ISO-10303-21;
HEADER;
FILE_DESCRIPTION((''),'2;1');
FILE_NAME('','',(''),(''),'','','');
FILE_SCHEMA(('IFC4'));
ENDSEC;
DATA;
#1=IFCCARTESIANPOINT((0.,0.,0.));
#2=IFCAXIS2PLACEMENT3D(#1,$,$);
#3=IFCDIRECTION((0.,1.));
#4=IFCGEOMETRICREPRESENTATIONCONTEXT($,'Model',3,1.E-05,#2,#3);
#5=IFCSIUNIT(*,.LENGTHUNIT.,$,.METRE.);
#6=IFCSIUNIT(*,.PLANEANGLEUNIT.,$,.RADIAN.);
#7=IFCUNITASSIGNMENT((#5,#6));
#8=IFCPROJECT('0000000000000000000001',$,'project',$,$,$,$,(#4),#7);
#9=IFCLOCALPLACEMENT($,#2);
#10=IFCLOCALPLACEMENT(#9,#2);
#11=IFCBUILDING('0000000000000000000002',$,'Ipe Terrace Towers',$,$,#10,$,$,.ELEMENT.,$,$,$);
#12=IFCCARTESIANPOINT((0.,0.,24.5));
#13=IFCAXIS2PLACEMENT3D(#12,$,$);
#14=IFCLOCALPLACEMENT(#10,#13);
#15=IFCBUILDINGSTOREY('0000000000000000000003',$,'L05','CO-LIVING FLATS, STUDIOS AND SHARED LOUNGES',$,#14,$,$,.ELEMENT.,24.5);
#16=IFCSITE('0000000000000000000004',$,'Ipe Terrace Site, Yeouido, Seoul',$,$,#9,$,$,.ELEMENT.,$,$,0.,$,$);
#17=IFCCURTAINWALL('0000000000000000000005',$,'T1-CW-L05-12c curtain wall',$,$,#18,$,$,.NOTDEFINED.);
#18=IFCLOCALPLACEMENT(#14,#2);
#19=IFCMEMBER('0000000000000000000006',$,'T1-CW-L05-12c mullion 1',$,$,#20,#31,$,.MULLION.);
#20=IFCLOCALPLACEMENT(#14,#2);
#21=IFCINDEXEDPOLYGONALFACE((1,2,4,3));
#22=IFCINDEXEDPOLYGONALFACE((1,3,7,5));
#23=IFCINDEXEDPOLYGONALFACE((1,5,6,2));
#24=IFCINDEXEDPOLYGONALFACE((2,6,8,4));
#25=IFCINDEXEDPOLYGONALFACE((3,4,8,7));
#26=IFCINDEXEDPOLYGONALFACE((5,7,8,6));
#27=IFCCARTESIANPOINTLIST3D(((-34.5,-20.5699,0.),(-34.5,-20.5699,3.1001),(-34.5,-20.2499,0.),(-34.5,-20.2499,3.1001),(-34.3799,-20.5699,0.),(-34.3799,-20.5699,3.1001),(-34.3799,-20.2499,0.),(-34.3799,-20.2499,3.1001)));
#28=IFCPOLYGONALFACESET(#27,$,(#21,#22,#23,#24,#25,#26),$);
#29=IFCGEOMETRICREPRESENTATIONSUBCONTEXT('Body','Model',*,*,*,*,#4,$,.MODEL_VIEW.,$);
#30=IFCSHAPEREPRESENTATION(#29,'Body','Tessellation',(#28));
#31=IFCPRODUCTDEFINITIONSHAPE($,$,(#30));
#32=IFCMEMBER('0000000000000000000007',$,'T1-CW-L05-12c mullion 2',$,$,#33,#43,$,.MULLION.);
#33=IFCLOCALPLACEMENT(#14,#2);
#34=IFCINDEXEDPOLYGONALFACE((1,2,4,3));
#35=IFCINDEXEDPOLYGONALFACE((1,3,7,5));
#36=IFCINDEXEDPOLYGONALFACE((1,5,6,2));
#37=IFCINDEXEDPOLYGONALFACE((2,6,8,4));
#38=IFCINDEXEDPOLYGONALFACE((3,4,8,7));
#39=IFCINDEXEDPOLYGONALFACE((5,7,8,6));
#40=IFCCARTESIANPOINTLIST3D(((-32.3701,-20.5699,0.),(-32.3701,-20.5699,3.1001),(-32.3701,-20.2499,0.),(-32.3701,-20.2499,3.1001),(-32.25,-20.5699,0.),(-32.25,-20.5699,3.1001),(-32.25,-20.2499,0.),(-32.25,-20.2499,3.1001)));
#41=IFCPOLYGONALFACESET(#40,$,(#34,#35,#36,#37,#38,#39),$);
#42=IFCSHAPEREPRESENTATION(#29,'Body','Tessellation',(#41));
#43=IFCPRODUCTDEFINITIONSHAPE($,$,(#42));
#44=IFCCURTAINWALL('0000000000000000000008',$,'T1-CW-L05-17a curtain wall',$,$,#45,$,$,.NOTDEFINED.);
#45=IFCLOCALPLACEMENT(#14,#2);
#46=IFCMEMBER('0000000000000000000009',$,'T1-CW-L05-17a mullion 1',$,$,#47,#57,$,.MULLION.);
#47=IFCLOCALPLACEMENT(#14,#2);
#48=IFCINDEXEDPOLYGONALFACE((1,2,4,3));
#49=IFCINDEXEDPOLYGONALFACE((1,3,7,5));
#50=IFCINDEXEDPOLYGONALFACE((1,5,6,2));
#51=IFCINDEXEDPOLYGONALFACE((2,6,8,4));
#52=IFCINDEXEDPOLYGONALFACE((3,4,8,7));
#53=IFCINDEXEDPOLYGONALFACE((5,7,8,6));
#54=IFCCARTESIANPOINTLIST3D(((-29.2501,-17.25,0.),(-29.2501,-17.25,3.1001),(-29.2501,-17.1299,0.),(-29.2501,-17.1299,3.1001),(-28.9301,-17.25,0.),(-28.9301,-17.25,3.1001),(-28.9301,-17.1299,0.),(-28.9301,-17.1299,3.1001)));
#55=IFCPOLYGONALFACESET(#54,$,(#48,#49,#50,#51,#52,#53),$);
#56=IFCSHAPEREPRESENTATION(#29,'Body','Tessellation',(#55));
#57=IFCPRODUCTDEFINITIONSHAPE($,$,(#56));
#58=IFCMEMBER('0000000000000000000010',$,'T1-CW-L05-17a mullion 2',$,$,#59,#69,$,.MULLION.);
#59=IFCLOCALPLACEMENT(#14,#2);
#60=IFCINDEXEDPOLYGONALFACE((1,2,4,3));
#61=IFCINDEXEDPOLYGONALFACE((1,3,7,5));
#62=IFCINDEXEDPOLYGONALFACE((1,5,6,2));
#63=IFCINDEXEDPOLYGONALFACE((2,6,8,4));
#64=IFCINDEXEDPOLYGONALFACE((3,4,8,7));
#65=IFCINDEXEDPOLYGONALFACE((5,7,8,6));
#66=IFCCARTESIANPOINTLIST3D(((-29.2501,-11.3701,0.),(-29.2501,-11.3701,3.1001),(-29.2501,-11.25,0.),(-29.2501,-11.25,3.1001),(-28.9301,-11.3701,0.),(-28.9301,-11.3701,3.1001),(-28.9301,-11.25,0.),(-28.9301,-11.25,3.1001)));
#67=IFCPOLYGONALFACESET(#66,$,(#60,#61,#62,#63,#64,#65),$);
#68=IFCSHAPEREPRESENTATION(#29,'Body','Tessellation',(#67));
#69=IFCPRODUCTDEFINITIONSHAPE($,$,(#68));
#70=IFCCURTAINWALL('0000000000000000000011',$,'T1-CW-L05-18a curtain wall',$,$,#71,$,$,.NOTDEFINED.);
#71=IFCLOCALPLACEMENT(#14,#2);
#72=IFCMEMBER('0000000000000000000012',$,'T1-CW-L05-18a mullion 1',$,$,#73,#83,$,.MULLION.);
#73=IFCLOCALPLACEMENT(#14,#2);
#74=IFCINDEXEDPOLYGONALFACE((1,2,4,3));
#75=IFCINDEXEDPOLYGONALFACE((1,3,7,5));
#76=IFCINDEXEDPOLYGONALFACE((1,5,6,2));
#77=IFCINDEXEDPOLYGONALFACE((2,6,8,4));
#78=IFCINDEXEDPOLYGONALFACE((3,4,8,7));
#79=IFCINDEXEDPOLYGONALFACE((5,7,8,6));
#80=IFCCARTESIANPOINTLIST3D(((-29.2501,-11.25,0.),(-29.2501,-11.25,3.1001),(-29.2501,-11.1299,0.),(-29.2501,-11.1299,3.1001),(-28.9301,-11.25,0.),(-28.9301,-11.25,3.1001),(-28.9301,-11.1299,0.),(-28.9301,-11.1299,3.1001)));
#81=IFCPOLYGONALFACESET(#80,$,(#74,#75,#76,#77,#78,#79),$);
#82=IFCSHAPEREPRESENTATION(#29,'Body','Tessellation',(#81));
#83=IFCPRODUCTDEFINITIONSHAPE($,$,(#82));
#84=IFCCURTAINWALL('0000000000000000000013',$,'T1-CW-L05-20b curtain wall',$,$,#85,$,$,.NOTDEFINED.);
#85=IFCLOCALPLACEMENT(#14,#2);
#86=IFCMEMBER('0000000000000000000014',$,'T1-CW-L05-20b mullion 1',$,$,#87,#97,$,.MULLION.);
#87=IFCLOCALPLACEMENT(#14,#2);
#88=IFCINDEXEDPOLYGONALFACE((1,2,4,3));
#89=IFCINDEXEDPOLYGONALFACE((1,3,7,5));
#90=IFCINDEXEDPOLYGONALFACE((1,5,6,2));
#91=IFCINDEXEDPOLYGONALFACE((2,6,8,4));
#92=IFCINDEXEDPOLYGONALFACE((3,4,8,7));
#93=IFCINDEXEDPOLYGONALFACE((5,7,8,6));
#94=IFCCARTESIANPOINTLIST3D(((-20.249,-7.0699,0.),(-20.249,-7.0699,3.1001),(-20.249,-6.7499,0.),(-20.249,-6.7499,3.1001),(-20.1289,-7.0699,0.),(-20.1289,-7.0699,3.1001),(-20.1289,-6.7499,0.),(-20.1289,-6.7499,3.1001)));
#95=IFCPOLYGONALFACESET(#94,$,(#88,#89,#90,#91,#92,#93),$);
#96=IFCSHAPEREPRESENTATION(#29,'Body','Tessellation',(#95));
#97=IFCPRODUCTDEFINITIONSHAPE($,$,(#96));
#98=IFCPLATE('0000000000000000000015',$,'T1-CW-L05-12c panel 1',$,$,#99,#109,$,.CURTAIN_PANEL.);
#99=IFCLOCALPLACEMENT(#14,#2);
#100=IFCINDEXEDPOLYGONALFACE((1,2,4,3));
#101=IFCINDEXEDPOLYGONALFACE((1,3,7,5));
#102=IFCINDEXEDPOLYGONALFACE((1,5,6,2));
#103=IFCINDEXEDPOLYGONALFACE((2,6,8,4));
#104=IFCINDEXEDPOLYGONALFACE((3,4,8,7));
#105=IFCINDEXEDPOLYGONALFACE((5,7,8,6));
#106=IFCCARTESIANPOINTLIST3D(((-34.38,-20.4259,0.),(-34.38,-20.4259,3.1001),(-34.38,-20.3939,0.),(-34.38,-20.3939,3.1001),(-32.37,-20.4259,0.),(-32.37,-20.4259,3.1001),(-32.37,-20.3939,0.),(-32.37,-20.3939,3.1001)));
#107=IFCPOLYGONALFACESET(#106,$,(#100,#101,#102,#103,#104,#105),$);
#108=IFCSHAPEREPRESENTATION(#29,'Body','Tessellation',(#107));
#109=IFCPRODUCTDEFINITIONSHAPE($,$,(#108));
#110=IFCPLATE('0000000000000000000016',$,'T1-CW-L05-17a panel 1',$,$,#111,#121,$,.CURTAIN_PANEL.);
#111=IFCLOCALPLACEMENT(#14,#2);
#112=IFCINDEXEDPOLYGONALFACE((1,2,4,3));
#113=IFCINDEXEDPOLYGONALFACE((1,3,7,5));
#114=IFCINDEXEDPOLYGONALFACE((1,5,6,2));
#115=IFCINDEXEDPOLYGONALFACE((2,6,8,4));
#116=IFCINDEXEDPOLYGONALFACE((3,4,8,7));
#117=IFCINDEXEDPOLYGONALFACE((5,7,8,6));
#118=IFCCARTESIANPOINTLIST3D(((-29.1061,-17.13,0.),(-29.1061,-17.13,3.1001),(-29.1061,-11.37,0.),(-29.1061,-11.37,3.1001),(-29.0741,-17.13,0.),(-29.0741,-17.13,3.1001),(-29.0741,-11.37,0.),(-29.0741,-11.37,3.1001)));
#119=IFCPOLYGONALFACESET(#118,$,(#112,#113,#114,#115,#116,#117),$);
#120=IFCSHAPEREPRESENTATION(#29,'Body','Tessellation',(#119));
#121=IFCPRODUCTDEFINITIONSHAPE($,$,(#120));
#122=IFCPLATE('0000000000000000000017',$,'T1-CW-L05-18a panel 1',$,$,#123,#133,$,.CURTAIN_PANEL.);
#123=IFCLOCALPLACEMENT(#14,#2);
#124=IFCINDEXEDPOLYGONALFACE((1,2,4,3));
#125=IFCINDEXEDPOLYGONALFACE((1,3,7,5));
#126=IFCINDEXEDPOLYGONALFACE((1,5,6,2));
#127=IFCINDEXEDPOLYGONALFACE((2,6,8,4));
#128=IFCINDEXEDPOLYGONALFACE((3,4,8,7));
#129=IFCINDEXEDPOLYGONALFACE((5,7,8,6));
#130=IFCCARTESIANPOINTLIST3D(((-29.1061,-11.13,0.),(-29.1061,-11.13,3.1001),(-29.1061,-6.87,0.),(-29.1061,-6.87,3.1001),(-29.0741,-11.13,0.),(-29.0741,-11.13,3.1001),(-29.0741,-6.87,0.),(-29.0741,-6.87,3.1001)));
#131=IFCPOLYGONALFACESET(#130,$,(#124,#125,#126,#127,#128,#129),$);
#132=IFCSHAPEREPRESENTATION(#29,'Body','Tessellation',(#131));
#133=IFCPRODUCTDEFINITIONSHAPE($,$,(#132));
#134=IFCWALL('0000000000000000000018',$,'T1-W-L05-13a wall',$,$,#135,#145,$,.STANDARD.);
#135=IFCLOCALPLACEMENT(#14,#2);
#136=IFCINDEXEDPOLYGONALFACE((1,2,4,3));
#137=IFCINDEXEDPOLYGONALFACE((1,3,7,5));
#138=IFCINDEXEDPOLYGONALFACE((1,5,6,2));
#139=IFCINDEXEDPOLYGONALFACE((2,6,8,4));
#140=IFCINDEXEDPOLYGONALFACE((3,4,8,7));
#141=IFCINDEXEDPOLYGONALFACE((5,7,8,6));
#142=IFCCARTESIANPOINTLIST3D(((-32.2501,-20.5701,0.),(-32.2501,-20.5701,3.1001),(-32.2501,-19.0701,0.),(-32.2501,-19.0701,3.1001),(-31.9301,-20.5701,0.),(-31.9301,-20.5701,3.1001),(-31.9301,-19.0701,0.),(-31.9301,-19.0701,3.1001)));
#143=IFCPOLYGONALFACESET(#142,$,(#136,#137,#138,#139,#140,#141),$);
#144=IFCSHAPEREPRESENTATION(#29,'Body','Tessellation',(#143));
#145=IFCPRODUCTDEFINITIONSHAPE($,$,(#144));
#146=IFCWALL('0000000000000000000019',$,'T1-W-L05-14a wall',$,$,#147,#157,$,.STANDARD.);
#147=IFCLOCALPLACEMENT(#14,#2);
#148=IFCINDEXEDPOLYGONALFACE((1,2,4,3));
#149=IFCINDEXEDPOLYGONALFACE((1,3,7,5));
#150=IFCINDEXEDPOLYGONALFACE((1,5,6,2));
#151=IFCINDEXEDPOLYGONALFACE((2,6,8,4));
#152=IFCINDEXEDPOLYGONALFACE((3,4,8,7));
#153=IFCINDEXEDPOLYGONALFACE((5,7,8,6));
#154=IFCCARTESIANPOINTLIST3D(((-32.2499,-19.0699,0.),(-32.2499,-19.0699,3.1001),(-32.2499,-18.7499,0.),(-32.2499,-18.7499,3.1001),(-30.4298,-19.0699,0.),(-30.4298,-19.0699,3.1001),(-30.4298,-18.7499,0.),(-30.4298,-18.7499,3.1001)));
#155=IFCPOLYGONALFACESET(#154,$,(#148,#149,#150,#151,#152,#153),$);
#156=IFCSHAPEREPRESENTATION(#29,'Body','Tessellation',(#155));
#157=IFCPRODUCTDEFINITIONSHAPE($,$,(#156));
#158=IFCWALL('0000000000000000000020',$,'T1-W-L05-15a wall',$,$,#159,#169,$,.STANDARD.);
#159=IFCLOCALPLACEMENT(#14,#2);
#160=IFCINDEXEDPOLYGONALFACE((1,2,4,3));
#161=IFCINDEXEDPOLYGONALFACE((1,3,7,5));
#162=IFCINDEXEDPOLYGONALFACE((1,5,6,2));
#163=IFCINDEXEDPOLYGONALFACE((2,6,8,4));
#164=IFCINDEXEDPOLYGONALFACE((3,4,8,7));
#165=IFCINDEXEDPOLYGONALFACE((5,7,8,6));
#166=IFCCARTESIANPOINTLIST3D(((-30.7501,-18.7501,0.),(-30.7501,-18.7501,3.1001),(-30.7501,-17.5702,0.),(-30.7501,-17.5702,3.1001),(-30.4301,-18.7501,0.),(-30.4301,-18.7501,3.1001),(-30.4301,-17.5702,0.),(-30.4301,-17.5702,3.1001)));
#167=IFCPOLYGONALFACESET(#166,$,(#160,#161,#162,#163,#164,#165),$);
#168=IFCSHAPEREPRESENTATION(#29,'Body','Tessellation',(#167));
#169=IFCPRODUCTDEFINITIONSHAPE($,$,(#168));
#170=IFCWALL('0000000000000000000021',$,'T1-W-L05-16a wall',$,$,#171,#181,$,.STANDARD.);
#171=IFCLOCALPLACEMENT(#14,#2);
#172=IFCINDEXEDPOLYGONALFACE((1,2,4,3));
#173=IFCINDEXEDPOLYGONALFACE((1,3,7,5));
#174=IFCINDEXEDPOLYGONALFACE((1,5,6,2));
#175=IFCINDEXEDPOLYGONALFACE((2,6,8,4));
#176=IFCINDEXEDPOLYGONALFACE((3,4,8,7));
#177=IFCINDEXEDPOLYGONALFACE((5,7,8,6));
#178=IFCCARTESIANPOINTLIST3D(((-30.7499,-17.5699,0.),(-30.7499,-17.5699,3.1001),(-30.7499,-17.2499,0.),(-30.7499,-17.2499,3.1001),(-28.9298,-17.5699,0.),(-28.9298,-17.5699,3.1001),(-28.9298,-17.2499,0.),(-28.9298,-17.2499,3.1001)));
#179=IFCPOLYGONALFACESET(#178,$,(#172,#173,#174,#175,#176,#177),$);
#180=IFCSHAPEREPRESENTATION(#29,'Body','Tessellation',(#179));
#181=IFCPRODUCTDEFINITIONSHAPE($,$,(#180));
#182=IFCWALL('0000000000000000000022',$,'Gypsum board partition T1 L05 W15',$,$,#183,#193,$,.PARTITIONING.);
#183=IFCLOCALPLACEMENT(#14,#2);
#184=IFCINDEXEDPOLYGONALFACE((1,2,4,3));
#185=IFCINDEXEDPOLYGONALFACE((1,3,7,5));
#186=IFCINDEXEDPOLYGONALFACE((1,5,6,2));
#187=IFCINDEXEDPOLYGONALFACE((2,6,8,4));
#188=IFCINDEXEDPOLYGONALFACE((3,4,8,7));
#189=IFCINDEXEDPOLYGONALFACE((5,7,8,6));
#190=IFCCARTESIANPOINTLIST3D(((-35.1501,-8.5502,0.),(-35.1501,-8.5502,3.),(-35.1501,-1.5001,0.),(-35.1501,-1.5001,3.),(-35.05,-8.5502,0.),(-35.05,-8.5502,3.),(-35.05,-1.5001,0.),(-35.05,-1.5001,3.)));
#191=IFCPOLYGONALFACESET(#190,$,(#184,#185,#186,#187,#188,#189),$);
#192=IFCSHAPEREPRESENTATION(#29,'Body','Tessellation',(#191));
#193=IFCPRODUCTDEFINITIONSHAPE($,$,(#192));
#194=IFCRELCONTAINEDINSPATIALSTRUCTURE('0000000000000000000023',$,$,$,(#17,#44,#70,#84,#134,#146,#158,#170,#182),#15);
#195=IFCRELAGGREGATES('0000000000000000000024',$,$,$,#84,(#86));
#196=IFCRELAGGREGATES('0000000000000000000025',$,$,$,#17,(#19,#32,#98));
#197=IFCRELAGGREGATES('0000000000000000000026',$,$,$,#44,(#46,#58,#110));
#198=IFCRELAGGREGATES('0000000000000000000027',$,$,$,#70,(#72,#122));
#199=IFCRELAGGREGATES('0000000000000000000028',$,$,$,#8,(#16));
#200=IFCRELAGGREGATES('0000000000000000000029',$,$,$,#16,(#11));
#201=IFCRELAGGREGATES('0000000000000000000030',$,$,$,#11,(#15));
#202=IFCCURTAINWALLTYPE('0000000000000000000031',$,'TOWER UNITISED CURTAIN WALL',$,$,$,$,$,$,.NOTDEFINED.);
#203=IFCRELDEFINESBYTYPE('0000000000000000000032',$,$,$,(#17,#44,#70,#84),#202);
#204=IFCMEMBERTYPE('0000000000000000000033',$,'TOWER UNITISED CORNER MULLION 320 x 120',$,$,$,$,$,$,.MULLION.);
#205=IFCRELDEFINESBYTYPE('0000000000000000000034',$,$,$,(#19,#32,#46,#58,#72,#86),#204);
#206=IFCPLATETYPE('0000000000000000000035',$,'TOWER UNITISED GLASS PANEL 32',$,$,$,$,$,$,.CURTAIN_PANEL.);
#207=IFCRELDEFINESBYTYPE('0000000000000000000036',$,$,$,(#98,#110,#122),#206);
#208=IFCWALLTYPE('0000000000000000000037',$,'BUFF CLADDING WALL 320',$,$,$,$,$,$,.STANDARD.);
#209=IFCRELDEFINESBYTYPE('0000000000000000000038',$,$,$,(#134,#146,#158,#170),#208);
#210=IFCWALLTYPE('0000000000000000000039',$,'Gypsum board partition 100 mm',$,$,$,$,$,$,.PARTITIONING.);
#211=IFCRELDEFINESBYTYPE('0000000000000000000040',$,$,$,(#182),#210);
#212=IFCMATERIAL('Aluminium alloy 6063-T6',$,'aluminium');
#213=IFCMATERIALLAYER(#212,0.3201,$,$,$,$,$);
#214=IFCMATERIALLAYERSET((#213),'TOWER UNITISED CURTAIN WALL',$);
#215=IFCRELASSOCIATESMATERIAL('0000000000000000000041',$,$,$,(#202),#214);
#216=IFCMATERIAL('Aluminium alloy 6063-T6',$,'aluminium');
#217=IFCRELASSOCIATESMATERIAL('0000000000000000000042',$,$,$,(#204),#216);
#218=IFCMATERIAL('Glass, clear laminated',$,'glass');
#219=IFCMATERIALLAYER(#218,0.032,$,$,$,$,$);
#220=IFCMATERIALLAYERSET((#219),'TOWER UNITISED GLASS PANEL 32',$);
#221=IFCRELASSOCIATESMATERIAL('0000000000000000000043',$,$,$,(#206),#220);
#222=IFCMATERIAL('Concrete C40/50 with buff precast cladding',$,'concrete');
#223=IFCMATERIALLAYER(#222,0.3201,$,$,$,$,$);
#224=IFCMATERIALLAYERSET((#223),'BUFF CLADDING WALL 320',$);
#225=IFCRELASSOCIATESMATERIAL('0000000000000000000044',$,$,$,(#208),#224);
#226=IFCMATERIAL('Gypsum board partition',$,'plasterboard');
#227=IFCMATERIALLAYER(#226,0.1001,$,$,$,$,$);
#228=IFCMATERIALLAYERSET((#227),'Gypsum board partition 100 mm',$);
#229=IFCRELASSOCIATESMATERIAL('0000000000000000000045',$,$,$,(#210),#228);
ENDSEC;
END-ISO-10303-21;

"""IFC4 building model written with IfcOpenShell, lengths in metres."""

from ifc_helpers import new_model, si_unit, direction, frame, frame_2d, origin, origin_2d, place, context, subcontext, project, spatial, rectangle, extrude, material, layer, layer_set, material_profile, profile_set, type_object, element, aggregate, save


model = new_model("IFC4")

# Units and contexts
model_context = context("Model", 3, precision=1e-05, world=origin(), true_north=direction((0.0, 1.0)))
body_context = subcontext(model_context, "Body", "Model", "MODEL_VIEW")
ifc_project = project(units=[si_unit("LENGTHUNIT", "METRE"), si_unit("PLANEANGLEUNIT", "RADIAN")], contexts=[model_context])

# Site, building, storey
site_placement = place(None, origin())
site = spatial("IfcSite", under=ifc_project, at=site_placement, Name="Ipe Terrace Site, Yeouido, Seoul", CompositionType="ELEMENT", RefElevation=0.0)
building_placement = place(site_placement, origin())
building = spatial("IfcBuilding", under=site, at=building_placement, Name="Ipe Terrace Towers", CompositionType="ELEMENT")
storey_placement = place(building_placement, frame((0.0, 0.0, 24.5)))
storey = spatial("IfcBuildingStorey", under=building, at=storey_placement, Name="L05", Description="CO-LIVING FLATS, STUDIOS AND SHARED LOUNGES", CompositionType="ELEMENT", Elevation=24.5)

# Curtain walls, members
ifc_material_1 = material(Name="Aluminium alloy 6063-T6", Category="aluminium")
ifc_layer_1 = layer(ifc_material_1, 0.3201)
ifc_layer_set_1 = layer_set([ifc_layer_1], Name="TOWER UNITISED CURTAIN WALL")
curtain_wall_type = type_object("IfcCurtainWallType", Name="TOWER UNITISED CURTAIN WALL", PredefinedType="NOTDEFINED", material=ifc_layer_set_1)
curtain_wall_1_placement = place(storey_placement, origin())
curtain_wall_1 = element("IfcCurtainWall", 1, at=curtain_wall_1_placement, inside=storey, type_object=curtain_wall_type, Name="T1-CW-L05-12c curtain wall", PredefinedType="NOTDEFINED")
ifc_material_2 = material(Name="Aluminium alloy 6063-T6", Category="aluminium")
ifc_material_profile_1 = material_profile(ifc_material_2, rectangle(XDim=0.3201, YDim=0.1201, at=origin_2d()), Name="TOWER UNITISED CORNER MULLION 320 x 120")
ifc_profile_set_1 = profile_set([ifc_material_profile_1], Name="Aluminium alloy 6063-T6")
member_type = type_object("IfcMemberType", Name="TOWER UNITISED CORNER MULLION 320 x 120", PredefinedType="MULLION", material=ifc_profile_set_1)
member_1_placement = place(storey_placement, frame((-34.4399, -20.4099, 0.0), z_axis=(0.0, 0.0, 1.0), x_axis=(0.0, -1.0, 0.0)))
member_1 = element("IfcMember", 2, at=member_1_placement, type_object=member_type, Name="T1-CW-L05-12c mullion 1", PredefinedType="MULLION", context=body_context, shape_type="SweptSolid", body=[
    extrude(rectangle(XDim=0.3201, YDim=0.1201, at=origin_2d()), origin(), (0.0, 0.0, 1.0), 3.1001),
])
member_2_placement = place(storey_placement, frame((-32.3101, -20.4099, 0.0), z_axis=(0.0, 0.0, 1.0), x_axis=(0.0, -1.0, 0.0)))
member_2 = element("IfcMember", 3, at=member_2_placement, type_object=member_type, Name="T1-CW-L05-12c mullion 2", PredefinedType="MULLION", context=body_context, shape_type="SweptSolid", body=[
    extrude(rectangle(XDim=0.3201, YDim=0.1201, at=origin_2d()), origin(), (0.0, 0.0, 1.0), 3.1001),
])
curtain_wall_2_placement = place(storey_placement, origin())
curtain_wall_2 = element("IfcCurtainWall", 4, at=curtain_wall_2_placement, inside=storey, type_object=curtain_wall_type, Name="T1-CW-L05-17a curtain wall", PredefinedType="NOTDEFINED")
member_3_placement = place(storey_placement, frame((-29.0901, -17.1899, 0.0), z_axis=(0.0, 0.0, 1.0), x_axis=(1.0, 0.0, 0.0)))
member_3 = element("IfcMember", 5, at=member_3_placement, type_object=member_type, Name="T1-CW-L05-17a mullion 1", PredefinedType="MULLION", context=body_context, shape_type="SweptSolid", body=[
    extrude(rectangle(XDim=0.3201, YDim=0.1201, at=origin_2d()), origin(), (0.0, 0.0, 1.0), 3.1001),
])
member_4_placement = place(storey_placement, frame((-29.0901, -11.3101, 0.0), z_axis=(0.0, 0.0, 1.0), x_axis=(1.0, 0.0, 0.0)))
member_4 = element("IfcMember", 6, at=member_4_placement, type_object=member_type, Name="T1-CW-L05-17a mullion 2", PredefinedType="MULLION", context=body_context, shape_type="SweptSolid", body=[
    extrude(rectangle(XDim=0.3201, YDim=0.1201, at=origin_2d()), origin(), (0.0, 0.0, 1.0), 3.1001),
])

# Curtain walls, members
curtain_wall_3_placement = place(storey_placement, origin())
curtain_wall_3 = element("IfcCurtainWall", 7, at=curtain_wall_3_placement, inside=storey, type_object=curtain_wall_type, Name="T1-CW-L05-18a curtain wall", PredefinedType="NOTDEFINED")
member_5_placement = place(storey_placement, frame((-29.0901, -11.1899, 0.0), z_axis=(0.0, 0.0, 1.0), x_axis=(1.0, 0.0, 0.0)))
member_5 = element("IfcMember", 8, at=member_5_placement, type_object=member_type, Name="T1-CW-L05-18a mullion 1", PredefinedType="MULLION", context=body_context, shape_type="SweptSolid", body=[
    extrude(rectangle(XDim=0.3201, YDim=0.1201, at=origin_2d()), origin(), (0.0, 0.0, 1.0), 3.1001),
])
curtain_wall_4_placement = place(storey_placement, origin())
curtain_wall_4 = element("IfcCurtainWall", 9, at=curtain_wall_4_placement, inside=storey, type_object=curtain_wall_type, Name="T1-CW-L05-20b curtain wall", PredefinedType="NOTDEFINED")
member_6_placement = place(storey_placement, frame((-20.189, -6.9099, 0.0), z_axis=(0.0, 0.0, 1.0), x_axis=(0.0, -1.0, 0.0)))
member_6 = element("IfcMember", 10, at=member_6_placement, type_object=member_type, Name="T1-CW-L05-20b mullion 1", PredefinedType="MULLION", context=body_context, shape_type="SweptSolid", body=[
    extrude(rectangle(XDim=0.3201, YDim=0.1201, at=origin_2d()), origin(), (0.0, 0.0, 1.0), 3.1001),
])
aggregate(curtain_wall_4, [member_6])

# Plates
ifc_material_3 = material(Name="Glass, clear laminated", Category="glass")
ifc_layer_2 = layer(ifc_material_3, 0.032)
ifc_layer_set_2 = layer_set([ifc_layer_2], Name="TOWER UNITISED GLASS PANEL 32")
plate_type = type_object("IfcPlateType", Name="TOWER UNITISED GLASS PANEL 32", PredefinedType="CURTAIN_PANEL", material=ifc_layer_set_2)
plate_1_placement = place(storey_placement, frame((-33.375, -20.4099, 0.0), z_axis=(0.0, 0.0, 1.0), x_axis=(1.0, 0.0, 0.0)))
plate_1 = element("IfcPlate", 11, at=plate_1_placement, type_object=plate_type, Name="T1-CW-L05-12c panel 1", PredefinedType="CURTAIN_PANEL", context=body_context, shape_type="SweptSolid", body=[
    extrude(rectangle(XDim=2.01, YDim=0.032, at=origin_2d()), origin(), (0.0, 0.0, 1.0), 3.1001),
])
aggregate(curtain_wall_1, [member_1, member_2, plate_1])
plate_2_placement = place(storey_placement, frame((-29.0901, -14.25, 0.0), z_axis=(0.0, 0.0, 1.0), x_axis=(0.0, 1.0, 0.0)))
plate_2 = element("IfcPlate", 12, at=plate_2_placement, type_object=plate_type, Name="T1-CW-L05-17a panel 1", PredefinedType="CURTAIN_PANEL", context=body_context, shape_type="SweptSolid", body=[
    extrude(rectangle(XDim=5.76, YDim=0.032, at=origin_2d()), origin(), (0.0, 0.0, 1.0), 3.1001),
])
aggregate(curtain_wall_2, [member_3, member_4, plate_2])
plate_3_placement = place(storey_placement, frame((-29.0901, -9.0, 0.0), z_axis=(0.0, 0.0, 1.0), x_axis=(0.0, 1.0, 0.0)))
plate_3 = element("IfcPlate", 13, at=plate_3_placement, type_object=plate_type, Name="T1-CW-L05-18a panel 1", PredefinedType="CURTAIN_PANEL", context=body_context, shape_type="SweptSolid", body=[
    extrude(rectangle(XDim=4.26, YDim=0.032, at=origin_2d()), origin(), (0.0, 0.0, 1.0), 3.1001),
])
aggregate(curtain_wall_3, [member_5, plate_3])

# Walls
ifc_material_4 = material(Name="Concrete C40/50 with buff precast cladding", Category="concrete")
ifc_layer_3 = layer(ifc_material_4, 0.3201)
ifc_layer_set_3 = layer_set([ifc_layer_3], Name="BUFF CLADDING WALL 320")
wall_type_1 = type_object("IfcWallType", Name="BUFF CLADDING WALL 320", PredefinedType="STANDARD", material=ifc_layer_set_3)
wall_1_placement = place(storey_placement, frame((-32.0901, -20.5701, 0.0), z_axis=(0.0, 0.0, 1.0), x_axis=(0.0, 1.0, 0.0)))
element("IfcWall", 14, at=wall_1_placement, inside=storey, type_object=wall_type_1, Name="T1-W-L05-13a wall", PredefinedType="STANDARD", context=body_context, shape_type="SweptSolid", body=[
    extrude(rectangle(XDim=1.5, YDim=0.3201, at=frame_2d((0.75, 0.0))), origin(), (0.0, 0.0, 1.0), 3.1001),
])
wall_2_placement = place(storey_placement, frame((-32.25, -18.9099, 0.0), z_axis=(0.0, 0.0, 1.0), x_axis=(1.0, 0.0, 0.0)))
element("IfcWall", 15, at=wall_2_placement, inside=storey, type_object=wall_type_1, Name="T1-W-L05-14a wall", PredefinedType="STANDARD", context=body_context, shape_type="SweptSolid", body=[
    extrude(rectangle(XDim=1.8201, YDim=0.3201, at=frame_2d((0.9102, 0.0))), origin(), (0.0, 0.0, 1.0), 3.1001),
])
wall_3_placement = place(storey_placement, frame((-30.5901, -18.75, 0.0), z_axis=(0.0, 0.0, 1.0), x_axis=(0.0, 1.0, 0.0)))
element("IfcWall", 16, at=wall_3_placement, inside=storey, type_object=wall_type_1, Name="T1-W-L05-15a wall", PredefinedType="STANDARD", context=body_context, shape_type="SweptSolid", body=[
    extrude(rectangle(XDim=1.1799, YDim=0.3201, at=frame_2d((0.5898, 0.0))), origin(), (0.0, 0.0, 1.0), 3.1001),
])
wall_4_placement = place(storey_placement, frame((-30.75, -17.4099, 0.0), z_axis=(0.0, 0.0, 1.0), x_axis=(1.0, 0.0, 0.0)))
element("IfcWall", 17, at=wall_4_placement, inside=storey, type_object=wall_type_1, Name="T1-W-L05-16a wall", PredefinedType="STANDARD", context=body_context, shape_type="SweptSolid", body=[
    extrude(rectangle(XDim=1.8201, YDim=0.3201, at=frame_2d((0.9102, 0.0))), origin(), (0.0, 0.0, 1.0), 3.1001),
])
ifc_material_5 = material(Name="Gypsum board partition", Category="plasterboard")
ifc_layer_4 = layer(ifc_material_5, 0.1001)
ifc_layer_set_4 = layer_set([ifc_layer_4], Name="Gypsum board partition 100 mm")
wall_type_2 = type_object("IfcWallType", Name="Gypsum board partition 100 mm", PredefinedType="PARTITIONING", material=ifc_layer_set_4)
wall_5_placement = place(storey_placement, frame((-35.1001, -8.55, 0.0), z_axis=(0.0, 0.0, 1.0), x_axis=(0.0, 1.0, 0.0)))
element("IfcWall", 18, at=wall_5_placement, inside=storey, type_object=wall_type_2, Name="Gypsum board partition T1 L05 W15", PredefinedType="PARTITIONING", context=body_context, shape_type="SweptSolid", body=[
    extrude(rectangle(XDim=7.05, YDim=0.1001, at=frame_2d((3.5249, 0.0))), origin(), (0.0, 0.0, 1.0), 3.0),
])

save(model, "model.ifc")
